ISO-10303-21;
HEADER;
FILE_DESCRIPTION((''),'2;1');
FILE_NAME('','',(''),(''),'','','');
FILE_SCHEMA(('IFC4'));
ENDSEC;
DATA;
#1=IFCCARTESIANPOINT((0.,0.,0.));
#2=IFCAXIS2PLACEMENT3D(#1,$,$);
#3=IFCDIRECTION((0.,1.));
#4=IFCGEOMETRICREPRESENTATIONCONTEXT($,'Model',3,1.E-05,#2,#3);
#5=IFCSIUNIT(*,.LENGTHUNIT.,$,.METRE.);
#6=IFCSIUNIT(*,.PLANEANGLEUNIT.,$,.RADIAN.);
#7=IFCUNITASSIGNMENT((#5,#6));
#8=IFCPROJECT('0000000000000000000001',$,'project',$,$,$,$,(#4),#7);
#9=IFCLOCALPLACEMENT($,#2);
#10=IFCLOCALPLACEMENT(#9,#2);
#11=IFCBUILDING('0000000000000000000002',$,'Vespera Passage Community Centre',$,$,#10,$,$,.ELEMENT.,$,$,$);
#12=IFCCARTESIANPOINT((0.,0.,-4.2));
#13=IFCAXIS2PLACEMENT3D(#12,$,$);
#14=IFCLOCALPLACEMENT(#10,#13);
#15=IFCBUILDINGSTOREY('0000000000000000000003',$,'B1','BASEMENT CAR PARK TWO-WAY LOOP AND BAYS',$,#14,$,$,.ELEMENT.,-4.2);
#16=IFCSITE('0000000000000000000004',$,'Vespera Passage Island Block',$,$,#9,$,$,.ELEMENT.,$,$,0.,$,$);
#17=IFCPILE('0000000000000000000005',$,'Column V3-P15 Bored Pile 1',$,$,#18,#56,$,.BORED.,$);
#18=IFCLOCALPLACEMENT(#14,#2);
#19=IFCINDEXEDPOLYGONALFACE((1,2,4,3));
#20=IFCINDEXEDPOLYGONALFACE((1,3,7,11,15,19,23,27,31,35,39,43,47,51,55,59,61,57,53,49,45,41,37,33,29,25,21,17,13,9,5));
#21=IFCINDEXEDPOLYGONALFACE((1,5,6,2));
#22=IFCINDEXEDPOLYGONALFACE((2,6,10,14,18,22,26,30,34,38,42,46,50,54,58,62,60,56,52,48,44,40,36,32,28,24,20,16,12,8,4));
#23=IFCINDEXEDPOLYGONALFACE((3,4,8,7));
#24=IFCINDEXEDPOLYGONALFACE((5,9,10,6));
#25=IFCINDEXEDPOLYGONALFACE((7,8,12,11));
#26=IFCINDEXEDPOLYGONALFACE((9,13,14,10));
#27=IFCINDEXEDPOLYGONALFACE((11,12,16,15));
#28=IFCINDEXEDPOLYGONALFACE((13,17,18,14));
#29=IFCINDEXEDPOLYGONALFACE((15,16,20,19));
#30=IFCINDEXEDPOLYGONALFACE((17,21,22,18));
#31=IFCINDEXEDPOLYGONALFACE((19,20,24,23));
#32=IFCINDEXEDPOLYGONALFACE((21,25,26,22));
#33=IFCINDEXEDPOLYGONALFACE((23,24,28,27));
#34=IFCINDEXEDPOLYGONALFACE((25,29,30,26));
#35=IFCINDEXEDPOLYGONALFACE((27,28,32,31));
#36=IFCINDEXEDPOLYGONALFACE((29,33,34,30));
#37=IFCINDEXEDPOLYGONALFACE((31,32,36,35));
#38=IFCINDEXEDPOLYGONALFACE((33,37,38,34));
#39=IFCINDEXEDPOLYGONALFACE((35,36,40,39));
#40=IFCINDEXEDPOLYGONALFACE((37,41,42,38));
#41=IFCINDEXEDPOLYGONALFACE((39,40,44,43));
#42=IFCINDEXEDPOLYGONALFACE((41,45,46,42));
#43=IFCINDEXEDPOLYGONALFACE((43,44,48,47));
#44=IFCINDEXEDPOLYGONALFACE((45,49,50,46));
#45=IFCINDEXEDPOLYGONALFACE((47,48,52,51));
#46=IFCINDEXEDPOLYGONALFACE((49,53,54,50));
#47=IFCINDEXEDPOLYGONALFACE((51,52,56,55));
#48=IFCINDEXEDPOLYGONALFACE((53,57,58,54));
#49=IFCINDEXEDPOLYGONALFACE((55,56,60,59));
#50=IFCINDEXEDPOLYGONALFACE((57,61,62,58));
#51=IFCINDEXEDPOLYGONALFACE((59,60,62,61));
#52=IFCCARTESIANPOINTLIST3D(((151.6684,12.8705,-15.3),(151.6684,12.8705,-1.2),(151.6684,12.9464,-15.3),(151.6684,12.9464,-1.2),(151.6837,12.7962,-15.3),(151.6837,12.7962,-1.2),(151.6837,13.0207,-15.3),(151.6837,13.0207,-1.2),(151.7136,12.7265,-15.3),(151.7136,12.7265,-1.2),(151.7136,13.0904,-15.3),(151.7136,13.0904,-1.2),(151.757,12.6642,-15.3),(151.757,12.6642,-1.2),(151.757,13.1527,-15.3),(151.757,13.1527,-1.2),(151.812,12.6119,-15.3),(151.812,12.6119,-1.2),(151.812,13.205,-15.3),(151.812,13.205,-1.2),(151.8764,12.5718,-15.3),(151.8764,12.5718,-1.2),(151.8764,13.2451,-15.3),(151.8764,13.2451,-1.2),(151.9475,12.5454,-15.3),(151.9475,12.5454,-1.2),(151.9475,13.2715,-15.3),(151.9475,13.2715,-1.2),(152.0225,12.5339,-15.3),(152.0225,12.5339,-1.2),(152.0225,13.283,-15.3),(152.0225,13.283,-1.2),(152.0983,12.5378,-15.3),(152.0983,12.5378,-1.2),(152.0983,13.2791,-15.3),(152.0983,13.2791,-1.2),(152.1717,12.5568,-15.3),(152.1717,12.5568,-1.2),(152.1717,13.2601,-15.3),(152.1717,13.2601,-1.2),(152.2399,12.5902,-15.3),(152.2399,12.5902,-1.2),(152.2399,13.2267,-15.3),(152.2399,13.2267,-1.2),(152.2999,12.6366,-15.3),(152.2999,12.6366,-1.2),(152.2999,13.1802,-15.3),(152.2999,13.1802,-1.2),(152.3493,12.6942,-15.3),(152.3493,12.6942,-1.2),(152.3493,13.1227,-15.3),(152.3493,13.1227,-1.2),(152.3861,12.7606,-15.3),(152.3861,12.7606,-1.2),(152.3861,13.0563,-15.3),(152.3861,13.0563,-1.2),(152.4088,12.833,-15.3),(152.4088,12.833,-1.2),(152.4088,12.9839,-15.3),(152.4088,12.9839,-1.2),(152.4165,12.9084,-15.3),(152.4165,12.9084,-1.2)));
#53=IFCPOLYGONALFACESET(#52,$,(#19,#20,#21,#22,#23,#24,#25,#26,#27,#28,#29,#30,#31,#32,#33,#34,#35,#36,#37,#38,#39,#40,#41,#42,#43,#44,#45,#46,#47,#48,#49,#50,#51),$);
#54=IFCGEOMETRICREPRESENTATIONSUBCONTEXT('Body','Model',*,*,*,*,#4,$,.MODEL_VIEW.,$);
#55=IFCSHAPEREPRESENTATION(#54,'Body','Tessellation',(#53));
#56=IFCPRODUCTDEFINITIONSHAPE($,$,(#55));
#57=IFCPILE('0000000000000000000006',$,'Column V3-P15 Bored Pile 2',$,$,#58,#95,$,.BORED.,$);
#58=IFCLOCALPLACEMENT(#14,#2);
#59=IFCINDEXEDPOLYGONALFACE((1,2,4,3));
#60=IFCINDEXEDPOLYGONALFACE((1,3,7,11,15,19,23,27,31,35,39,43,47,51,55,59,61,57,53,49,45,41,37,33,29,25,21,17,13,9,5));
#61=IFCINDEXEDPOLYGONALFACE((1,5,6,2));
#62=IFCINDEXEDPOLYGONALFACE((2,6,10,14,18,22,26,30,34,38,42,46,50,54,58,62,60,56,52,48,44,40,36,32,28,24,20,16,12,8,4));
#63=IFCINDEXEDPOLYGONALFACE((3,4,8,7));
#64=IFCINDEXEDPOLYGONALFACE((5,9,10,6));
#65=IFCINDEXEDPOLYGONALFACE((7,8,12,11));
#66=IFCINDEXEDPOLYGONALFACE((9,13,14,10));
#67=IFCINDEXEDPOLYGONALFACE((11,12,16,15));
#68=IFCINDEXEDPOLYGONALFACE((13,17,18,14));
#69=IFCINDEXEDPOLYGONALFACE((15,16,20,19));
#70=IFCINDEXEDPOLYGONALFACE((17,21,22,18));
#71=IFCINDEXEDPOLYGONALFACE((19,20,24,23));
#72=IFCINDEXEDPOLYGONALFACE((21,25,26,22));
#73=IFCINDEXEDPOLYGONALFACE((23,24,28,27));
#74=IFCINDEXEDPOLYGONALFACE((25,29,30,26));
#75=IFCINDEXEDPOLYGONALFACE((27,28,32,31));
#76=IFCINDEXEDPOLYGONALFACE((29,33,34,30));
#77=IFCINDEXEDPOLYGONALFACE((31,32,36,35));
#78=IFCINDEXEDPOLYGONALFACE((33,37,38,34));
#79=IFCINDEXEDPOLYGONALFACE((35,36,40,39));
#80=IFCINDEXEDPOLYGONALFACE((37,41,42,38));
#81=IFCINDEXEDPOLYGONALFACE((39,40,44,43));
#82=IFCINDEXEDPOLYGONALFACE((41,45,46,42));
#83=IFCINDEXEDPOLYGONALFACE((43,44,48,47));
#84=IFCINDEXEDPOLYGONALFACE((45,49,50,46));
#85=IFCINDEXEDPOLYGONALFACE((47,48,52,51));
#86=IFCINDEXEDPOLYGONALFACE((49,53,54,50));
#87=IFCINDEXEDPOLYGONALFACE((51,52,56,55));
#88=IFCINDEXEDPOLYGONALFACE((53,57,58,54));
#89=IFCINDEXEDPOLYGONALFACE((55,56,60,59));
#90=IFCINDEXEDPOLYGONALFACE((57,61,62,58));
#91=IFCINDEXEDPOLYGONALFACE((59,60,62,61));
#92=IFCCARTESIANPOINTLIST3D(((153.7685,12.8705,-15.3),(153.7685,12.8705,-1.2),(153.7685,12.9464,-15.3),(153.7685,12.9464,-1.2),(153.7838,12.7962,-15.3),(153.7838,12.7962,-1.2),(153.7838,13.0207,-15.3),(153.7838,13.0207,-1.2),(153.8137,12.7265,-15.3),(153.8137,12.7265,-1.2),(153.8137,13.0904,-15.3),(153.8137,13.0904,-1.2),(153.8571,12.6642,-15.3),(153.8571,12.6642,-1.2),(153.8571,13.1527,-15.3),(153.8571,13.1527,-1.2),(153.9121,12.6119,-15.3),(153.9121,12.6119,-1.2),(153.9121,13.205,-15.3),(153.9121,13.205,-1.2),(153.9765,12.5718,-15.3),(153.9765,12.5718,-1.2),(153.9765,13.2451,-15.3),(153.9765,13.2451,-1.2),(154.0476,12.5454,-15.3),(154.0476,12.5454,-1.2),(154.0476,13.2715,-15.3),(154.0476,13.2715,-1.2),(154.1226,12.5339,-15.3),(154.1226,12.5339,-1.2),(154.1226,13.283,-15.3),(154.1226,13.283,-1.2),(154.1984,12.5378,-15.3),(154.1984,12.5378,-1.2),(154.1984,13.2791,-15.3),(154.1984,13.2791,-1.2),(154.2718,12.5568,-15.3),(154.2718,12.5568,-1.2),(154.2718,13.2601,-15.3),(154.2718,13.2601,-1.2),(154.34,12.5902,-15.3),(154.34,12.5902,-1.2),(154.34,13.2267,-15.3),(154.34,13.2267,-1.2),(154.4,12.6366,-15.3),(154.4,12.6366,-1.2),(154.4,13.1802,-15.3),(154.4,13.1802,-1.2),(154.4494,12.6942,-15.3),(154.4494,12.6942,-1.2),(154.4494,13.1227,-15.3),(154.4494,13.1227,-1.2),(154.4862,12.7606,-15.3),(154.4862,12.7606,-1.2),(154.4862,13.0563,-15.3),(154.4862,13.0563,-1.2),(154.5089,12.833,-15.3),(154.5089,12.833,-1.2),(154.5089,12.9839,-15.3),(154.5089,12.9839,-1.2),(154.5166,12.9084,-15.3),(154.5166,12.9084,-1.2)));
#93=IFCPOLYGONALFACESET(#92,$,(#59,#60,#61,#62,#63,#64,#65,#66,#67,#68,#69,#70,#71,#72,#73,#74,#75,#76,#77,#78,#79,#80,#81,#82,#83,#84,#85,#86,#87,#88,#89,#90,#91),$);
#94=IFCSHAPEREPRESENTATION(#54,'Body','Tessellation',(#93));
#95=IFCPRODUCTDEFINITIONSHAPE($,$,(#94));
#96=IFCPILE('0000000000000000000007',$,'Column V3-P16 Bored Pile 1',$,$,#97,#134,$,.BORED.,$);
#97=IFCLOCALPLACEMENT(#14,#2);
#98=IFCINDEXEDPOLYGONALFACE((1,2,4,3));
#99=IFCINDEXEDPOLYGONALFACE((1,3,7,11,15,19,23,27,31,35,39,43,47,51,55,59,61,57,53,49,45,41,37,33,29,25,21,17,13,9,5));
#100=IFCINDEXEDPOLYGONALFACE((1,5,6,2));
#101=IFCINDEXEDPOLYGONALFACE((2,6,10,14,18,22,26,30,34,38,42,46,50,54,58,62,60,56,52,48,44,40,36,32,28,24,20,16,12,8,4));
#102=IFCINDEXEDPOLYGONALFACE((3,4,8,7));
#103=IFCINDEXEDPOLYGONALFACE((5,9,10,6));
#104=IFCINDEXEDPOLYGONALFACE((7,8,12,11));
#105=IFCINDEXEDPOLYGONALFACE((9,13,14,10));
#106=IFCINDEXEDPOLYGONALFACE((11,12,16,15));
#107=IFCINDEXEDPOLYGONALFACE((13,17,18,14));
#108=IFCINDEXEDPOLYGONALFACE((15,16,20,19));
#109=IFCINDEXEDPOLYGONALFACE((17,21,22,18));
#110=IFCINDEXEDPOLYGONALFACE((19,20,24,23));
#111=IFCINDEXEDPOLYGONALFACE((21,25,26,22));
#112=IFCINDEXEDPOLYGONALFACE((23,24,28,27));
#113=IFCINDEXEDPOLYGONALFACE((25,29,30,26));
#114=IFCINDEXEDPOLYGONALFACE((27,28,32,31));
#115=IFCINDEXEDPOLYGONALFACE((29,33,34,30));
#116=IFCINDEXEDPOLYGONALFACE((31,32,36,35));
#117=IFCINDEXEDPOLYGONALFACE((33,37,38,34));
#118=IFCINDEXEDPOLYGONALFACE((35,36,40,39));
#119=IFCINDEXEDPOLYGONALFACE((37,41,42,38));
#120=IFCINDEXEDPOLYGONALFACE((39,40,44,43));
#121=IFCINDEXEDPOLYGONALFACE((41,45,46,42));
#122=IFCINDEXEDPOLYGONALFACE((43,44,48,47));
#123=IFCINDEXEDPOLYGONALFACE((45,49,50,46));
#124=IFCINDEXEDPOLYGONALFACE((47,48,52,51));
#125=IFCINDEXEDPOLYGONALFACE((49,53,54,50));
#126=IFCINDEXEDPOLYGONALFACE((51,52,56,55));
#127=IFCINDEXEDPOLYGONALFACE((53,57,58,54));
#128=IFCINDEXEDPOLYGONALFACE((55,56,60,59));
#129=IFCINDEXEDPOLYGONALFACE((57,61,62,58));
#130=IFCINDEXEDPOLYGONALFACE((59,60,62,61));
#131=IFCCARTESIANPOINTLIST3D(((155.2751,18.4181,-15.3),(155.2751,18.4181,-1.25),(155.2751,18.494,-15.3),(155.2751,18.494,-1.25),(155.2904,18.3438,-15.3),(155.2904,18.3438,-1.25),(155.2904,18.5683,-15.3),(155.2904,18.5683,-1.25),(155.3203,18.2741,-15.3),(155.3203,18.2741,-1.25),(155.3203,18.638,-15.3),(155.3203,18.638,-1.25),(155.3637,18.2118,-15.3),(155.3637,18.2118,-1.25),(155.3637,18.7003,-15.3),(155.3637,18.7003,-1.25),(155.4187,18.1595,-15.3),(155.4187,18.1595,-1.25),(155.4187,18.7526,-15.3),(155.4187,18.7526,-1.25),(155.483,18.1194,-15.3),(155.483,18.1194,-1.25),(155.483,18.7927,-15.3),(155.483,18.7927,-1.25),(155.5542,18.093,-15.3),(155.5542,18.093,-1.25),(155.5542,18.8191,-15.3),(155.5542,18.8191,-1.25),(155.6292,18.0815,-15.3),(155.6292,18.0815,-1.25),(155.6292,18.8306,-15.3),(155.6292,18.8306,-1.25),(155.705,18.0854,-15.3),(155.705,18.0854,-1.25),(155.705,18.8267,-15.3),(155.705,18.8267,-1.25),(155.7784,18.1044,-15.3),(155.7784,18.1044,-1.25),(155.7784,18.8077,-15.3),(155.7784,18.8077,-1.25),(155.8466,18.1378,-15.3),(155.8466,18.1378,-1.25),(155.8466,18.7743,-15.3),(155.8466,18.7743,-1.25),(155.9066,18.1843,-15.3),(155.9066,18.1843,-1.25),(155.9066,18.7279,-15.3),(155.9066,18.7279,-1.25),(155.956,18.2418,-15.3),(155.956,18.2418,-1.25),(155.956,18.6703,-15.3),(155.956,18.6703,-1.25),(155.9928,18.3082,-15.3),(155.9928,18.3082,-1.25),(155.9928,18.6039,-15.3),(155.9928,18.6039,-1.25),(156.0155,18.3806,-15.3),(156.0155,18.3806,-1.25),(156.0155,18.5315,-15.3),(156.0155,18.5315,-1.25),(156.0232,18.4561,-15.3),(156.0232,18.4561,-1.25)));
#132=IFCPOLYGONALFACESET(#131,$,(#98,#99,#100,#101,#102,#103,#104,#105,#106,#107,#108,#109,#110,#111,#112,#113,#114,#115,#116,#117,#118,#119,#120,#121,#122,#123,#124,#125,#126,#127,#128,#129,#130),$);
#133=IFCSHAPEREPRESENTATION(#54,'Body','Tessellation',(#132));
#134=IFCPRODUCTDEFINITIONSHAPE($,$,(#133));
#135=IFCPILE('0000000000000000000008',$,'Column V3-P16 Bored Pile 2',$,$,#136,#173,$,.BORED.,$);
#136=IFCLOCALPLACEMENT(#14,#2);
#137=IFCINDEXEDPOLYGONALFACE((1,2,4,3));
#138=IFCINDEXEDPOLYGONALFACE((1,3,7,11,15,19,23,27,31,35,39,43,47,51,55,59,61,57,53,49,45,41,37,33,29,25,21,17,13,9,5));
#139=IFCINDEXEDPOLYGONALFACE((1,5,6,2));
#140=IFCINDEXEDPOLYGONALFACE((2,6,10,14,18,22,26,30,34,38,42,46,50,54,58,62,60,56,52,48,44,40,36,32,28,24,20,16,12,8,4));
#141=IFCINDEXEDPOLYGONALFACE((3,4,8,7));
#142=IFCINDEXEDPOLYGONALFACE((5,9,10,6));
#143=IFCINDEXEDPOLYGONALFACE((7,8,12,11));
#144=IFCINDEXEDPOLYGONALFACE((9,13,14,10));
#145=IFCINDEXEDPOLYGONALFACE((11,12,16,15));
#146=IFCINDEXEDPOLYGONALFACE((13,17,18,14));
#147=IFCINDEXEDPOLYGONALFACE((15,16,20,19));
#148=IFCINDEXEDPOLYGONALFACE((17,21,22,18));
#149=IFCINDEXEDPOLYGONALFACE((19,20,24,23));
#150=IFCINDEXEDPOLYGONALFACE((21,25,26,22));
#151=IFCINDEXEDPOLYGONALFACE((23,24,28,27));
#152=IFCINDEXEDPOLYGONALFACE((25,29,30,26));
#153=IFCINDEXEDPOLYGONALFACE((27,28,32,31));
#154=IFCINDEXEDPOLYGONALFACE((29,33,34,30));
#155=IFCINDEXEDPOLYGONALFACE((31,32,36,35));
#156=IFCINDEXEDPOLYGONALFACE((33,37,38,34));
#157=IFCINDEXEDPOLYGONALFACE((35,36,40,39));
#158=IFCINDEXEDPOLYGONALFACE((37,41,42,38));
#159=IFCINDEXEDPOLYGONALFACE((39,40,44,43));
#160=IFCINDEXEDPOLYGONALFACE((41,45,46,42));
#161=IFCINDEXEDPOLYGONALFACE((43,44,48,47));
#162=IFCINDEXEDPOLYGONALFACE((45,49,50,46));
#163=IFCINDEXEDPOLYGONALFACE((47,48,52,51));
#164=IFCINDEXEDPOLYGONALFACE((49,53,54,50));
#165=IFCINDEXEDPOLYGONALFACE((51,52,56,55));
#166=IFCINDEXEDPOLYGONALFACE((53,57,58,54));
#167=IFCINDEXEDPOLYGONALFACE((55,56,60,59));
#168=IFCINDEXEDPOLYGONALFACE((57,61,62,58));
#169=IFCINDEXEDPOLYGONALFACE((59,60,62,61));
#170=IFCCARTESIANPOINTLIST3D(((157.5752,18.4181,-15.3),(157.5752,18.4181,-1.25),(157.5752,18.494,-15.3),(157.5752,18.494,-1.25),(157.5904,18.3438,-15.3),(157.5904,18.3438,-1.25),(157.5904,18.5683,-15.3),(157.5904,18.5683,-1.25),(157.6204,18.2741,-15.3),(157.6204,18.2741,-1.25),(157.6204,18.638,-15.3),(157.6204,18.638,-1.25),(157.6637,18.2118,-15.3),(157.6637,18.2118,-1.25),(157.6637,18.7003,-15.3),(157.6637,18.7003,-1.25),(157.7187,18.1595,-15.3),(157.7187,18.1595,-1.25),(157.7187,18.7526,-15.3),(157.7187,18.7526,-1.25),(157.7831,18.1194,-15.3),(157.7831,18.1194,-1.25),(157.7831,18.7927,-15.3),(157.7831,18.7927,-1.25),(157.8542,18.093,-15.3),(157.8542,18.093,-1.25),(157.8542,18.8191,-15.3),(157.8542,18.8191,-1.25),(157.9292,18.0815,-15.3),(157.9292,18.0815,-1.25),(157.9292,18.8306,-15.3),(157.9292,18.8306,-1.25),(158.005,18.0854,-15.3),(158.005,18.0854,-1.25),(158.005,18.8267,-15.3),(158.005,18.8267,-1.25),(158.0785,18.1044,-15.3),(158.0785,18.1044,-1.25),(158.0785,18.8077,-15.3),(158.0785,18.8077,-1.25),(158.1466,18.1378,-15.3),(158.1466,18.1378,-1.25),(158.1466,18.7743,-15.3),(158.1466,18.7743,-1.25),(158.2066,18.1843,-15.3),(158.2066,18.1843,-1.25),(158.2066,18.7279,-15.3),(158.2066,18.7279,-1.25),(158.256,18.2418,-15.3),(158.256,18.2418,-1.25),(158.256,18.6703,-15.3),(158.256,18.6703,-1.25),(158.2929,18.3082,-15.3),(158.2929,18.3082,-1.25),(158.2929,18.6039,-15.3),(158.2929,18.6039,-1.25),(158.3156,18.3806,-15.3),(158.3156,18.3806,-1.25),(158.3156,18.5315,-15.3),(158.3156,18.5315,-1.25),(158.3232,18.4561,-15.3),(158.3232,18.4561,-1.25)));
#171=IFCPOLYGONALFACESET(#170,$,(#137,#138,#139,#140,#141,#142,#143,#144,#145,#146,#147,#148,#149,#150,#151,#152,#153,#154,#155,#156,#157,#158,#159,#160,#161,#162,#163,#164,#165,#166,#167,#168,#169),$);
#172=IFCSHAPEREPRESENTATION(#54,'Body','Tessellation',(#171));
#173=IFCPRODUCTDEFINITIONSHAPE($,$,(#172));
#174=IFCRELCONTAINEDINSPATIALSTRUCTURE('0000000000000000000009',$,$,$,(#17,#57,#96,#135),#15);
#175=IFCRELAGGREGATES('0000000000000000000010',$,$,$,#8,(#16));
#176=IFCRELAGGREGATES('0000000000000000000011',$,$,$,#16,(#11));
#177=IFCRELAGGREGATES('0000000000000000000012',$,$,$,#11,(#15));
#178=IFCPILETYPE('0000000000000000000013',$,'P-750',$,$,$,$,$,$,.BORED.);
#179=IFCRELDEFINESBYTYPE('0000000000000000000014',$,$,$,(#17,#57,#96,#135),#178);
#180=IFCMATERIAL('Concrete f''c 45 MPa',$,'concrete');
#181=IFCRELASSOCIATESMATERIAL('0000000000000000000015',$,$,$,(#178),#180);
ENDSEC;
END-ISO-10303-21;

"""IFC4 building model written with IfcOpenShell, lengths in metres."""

from ifc_helpers import new_model, si_unit, direction, frame, origin, origin_2d, place, context, subcontext, project, spatial, circle, extrude, material, material_profile, profile_set, type_object, element, save


model = new_model("IFC4")

# Units and contexts
model_context = context("Model", 3, precision=1e-05, world=origin(), true_north=direction((0.0, 1.0)))
body_context = subcontext(model_context, "Body", "Model", "MODEL_VIEW")
ifc_project = project(units=[si_unit("LENGTHUNIT", "METRE"), si_unit("PLANEANGLEUNIT", "RADIAN")], contexts=[model_context])

# Site, building, storey
site_placement = place(None, origin())
site = spatial("IfcSite", under=ifc_project, at=site_placement, Name="Vespera Passage Island Block", CompositionType="ELEMENT", RefElevation=0.0)
building_placement = place(site_placement, origin())
building = spatial("IfcBuilding", under=site, at=building_placement, Name="Vespera Passage Community Centre", CompositionType="ELEMENT")
storey_placement = place(building_placement, frame((0.0, 0.0, -4.2)))
storey = spatial("IfcBuildingStorey", under=building, at=storey_placement, Name="B1", Description="BASEMENT CAR PARK TWO-WAY LOOP AND BAYS", CompositionType="ELEMENT", Elevation=-4.2)

# Piles
ifc_material_1 = material(Name="Concrete f'c 45 MPa", Category="concrete")
ifc_material_profile_1 = material_profile(ifc_material_1, circle(Radius=0.375, at=origin_2d()), Name="PILE750DIA")
ifc_profile_set_1 = profile_set([ifc_material_profile_1], Name="Concrete f'c 45 MPa")
pile_type_1 = type_object("IfcPileType", Name="P-750", PredefinedType="BORED", material=ifc_profile_set_1)
for number, where, z_axis, x_axis, name in (
    (1, (152.0415, 12.9084, -1.2), (0.0, 0.0, -1.0), (1.0, 0.0, 0.0), "Column V3-P15 Bored Pile 1"),
    (2, (154.1416, 12.9084, -1.2), (0.0, 0.0, -1.0), (1.0, 0.0, 0.0), "Column V3-P15 Bored Pile 2"),
):
    element("IfcPile", number, at=place(storey_placement, frame(where, z_axis=z_axis, x_axis=x_axis)), inside=storey, type_object=pile_type_1, Name=name, PredefinedType="BORED", context=body_context, shape_type="SweptSolid", body=[
        extrude(circle(Radius=0.375, at=origin_2d()), origin(), (0.0, 0.0, 1.0), 14.1001),
    ])
for number, where, z_axis, x_axis, name in (
    (3, (155.6482, 18.4561, -1.25), (0.0, 0.0, -1.0), (1.0, 0.0, 0.0), "Column V3-P16 Bored Pile 1"),
    (4, (157.9482, 18.4561, -1.25), (0.0, 0.0, -1.0), (1.0, 0.0, 0.0), "Column V3-P16 Bored Pile 2"),
):
    element("IfcPile", number, at=place(storey_placement, frame(where, z_axis=z_axis, x_axis=x_axis)), inside=storey, type_object=pile_type_1, Name=name, PredefinedType="BORED", context=body_context, shape_type="SweptSolid", body=[
        extrude(circle(Radius=0.375, at=origin_2d()), origin(), (0.0, 0.0, 1.0), 14.05),
    ])

save(model, "model.ifc")
